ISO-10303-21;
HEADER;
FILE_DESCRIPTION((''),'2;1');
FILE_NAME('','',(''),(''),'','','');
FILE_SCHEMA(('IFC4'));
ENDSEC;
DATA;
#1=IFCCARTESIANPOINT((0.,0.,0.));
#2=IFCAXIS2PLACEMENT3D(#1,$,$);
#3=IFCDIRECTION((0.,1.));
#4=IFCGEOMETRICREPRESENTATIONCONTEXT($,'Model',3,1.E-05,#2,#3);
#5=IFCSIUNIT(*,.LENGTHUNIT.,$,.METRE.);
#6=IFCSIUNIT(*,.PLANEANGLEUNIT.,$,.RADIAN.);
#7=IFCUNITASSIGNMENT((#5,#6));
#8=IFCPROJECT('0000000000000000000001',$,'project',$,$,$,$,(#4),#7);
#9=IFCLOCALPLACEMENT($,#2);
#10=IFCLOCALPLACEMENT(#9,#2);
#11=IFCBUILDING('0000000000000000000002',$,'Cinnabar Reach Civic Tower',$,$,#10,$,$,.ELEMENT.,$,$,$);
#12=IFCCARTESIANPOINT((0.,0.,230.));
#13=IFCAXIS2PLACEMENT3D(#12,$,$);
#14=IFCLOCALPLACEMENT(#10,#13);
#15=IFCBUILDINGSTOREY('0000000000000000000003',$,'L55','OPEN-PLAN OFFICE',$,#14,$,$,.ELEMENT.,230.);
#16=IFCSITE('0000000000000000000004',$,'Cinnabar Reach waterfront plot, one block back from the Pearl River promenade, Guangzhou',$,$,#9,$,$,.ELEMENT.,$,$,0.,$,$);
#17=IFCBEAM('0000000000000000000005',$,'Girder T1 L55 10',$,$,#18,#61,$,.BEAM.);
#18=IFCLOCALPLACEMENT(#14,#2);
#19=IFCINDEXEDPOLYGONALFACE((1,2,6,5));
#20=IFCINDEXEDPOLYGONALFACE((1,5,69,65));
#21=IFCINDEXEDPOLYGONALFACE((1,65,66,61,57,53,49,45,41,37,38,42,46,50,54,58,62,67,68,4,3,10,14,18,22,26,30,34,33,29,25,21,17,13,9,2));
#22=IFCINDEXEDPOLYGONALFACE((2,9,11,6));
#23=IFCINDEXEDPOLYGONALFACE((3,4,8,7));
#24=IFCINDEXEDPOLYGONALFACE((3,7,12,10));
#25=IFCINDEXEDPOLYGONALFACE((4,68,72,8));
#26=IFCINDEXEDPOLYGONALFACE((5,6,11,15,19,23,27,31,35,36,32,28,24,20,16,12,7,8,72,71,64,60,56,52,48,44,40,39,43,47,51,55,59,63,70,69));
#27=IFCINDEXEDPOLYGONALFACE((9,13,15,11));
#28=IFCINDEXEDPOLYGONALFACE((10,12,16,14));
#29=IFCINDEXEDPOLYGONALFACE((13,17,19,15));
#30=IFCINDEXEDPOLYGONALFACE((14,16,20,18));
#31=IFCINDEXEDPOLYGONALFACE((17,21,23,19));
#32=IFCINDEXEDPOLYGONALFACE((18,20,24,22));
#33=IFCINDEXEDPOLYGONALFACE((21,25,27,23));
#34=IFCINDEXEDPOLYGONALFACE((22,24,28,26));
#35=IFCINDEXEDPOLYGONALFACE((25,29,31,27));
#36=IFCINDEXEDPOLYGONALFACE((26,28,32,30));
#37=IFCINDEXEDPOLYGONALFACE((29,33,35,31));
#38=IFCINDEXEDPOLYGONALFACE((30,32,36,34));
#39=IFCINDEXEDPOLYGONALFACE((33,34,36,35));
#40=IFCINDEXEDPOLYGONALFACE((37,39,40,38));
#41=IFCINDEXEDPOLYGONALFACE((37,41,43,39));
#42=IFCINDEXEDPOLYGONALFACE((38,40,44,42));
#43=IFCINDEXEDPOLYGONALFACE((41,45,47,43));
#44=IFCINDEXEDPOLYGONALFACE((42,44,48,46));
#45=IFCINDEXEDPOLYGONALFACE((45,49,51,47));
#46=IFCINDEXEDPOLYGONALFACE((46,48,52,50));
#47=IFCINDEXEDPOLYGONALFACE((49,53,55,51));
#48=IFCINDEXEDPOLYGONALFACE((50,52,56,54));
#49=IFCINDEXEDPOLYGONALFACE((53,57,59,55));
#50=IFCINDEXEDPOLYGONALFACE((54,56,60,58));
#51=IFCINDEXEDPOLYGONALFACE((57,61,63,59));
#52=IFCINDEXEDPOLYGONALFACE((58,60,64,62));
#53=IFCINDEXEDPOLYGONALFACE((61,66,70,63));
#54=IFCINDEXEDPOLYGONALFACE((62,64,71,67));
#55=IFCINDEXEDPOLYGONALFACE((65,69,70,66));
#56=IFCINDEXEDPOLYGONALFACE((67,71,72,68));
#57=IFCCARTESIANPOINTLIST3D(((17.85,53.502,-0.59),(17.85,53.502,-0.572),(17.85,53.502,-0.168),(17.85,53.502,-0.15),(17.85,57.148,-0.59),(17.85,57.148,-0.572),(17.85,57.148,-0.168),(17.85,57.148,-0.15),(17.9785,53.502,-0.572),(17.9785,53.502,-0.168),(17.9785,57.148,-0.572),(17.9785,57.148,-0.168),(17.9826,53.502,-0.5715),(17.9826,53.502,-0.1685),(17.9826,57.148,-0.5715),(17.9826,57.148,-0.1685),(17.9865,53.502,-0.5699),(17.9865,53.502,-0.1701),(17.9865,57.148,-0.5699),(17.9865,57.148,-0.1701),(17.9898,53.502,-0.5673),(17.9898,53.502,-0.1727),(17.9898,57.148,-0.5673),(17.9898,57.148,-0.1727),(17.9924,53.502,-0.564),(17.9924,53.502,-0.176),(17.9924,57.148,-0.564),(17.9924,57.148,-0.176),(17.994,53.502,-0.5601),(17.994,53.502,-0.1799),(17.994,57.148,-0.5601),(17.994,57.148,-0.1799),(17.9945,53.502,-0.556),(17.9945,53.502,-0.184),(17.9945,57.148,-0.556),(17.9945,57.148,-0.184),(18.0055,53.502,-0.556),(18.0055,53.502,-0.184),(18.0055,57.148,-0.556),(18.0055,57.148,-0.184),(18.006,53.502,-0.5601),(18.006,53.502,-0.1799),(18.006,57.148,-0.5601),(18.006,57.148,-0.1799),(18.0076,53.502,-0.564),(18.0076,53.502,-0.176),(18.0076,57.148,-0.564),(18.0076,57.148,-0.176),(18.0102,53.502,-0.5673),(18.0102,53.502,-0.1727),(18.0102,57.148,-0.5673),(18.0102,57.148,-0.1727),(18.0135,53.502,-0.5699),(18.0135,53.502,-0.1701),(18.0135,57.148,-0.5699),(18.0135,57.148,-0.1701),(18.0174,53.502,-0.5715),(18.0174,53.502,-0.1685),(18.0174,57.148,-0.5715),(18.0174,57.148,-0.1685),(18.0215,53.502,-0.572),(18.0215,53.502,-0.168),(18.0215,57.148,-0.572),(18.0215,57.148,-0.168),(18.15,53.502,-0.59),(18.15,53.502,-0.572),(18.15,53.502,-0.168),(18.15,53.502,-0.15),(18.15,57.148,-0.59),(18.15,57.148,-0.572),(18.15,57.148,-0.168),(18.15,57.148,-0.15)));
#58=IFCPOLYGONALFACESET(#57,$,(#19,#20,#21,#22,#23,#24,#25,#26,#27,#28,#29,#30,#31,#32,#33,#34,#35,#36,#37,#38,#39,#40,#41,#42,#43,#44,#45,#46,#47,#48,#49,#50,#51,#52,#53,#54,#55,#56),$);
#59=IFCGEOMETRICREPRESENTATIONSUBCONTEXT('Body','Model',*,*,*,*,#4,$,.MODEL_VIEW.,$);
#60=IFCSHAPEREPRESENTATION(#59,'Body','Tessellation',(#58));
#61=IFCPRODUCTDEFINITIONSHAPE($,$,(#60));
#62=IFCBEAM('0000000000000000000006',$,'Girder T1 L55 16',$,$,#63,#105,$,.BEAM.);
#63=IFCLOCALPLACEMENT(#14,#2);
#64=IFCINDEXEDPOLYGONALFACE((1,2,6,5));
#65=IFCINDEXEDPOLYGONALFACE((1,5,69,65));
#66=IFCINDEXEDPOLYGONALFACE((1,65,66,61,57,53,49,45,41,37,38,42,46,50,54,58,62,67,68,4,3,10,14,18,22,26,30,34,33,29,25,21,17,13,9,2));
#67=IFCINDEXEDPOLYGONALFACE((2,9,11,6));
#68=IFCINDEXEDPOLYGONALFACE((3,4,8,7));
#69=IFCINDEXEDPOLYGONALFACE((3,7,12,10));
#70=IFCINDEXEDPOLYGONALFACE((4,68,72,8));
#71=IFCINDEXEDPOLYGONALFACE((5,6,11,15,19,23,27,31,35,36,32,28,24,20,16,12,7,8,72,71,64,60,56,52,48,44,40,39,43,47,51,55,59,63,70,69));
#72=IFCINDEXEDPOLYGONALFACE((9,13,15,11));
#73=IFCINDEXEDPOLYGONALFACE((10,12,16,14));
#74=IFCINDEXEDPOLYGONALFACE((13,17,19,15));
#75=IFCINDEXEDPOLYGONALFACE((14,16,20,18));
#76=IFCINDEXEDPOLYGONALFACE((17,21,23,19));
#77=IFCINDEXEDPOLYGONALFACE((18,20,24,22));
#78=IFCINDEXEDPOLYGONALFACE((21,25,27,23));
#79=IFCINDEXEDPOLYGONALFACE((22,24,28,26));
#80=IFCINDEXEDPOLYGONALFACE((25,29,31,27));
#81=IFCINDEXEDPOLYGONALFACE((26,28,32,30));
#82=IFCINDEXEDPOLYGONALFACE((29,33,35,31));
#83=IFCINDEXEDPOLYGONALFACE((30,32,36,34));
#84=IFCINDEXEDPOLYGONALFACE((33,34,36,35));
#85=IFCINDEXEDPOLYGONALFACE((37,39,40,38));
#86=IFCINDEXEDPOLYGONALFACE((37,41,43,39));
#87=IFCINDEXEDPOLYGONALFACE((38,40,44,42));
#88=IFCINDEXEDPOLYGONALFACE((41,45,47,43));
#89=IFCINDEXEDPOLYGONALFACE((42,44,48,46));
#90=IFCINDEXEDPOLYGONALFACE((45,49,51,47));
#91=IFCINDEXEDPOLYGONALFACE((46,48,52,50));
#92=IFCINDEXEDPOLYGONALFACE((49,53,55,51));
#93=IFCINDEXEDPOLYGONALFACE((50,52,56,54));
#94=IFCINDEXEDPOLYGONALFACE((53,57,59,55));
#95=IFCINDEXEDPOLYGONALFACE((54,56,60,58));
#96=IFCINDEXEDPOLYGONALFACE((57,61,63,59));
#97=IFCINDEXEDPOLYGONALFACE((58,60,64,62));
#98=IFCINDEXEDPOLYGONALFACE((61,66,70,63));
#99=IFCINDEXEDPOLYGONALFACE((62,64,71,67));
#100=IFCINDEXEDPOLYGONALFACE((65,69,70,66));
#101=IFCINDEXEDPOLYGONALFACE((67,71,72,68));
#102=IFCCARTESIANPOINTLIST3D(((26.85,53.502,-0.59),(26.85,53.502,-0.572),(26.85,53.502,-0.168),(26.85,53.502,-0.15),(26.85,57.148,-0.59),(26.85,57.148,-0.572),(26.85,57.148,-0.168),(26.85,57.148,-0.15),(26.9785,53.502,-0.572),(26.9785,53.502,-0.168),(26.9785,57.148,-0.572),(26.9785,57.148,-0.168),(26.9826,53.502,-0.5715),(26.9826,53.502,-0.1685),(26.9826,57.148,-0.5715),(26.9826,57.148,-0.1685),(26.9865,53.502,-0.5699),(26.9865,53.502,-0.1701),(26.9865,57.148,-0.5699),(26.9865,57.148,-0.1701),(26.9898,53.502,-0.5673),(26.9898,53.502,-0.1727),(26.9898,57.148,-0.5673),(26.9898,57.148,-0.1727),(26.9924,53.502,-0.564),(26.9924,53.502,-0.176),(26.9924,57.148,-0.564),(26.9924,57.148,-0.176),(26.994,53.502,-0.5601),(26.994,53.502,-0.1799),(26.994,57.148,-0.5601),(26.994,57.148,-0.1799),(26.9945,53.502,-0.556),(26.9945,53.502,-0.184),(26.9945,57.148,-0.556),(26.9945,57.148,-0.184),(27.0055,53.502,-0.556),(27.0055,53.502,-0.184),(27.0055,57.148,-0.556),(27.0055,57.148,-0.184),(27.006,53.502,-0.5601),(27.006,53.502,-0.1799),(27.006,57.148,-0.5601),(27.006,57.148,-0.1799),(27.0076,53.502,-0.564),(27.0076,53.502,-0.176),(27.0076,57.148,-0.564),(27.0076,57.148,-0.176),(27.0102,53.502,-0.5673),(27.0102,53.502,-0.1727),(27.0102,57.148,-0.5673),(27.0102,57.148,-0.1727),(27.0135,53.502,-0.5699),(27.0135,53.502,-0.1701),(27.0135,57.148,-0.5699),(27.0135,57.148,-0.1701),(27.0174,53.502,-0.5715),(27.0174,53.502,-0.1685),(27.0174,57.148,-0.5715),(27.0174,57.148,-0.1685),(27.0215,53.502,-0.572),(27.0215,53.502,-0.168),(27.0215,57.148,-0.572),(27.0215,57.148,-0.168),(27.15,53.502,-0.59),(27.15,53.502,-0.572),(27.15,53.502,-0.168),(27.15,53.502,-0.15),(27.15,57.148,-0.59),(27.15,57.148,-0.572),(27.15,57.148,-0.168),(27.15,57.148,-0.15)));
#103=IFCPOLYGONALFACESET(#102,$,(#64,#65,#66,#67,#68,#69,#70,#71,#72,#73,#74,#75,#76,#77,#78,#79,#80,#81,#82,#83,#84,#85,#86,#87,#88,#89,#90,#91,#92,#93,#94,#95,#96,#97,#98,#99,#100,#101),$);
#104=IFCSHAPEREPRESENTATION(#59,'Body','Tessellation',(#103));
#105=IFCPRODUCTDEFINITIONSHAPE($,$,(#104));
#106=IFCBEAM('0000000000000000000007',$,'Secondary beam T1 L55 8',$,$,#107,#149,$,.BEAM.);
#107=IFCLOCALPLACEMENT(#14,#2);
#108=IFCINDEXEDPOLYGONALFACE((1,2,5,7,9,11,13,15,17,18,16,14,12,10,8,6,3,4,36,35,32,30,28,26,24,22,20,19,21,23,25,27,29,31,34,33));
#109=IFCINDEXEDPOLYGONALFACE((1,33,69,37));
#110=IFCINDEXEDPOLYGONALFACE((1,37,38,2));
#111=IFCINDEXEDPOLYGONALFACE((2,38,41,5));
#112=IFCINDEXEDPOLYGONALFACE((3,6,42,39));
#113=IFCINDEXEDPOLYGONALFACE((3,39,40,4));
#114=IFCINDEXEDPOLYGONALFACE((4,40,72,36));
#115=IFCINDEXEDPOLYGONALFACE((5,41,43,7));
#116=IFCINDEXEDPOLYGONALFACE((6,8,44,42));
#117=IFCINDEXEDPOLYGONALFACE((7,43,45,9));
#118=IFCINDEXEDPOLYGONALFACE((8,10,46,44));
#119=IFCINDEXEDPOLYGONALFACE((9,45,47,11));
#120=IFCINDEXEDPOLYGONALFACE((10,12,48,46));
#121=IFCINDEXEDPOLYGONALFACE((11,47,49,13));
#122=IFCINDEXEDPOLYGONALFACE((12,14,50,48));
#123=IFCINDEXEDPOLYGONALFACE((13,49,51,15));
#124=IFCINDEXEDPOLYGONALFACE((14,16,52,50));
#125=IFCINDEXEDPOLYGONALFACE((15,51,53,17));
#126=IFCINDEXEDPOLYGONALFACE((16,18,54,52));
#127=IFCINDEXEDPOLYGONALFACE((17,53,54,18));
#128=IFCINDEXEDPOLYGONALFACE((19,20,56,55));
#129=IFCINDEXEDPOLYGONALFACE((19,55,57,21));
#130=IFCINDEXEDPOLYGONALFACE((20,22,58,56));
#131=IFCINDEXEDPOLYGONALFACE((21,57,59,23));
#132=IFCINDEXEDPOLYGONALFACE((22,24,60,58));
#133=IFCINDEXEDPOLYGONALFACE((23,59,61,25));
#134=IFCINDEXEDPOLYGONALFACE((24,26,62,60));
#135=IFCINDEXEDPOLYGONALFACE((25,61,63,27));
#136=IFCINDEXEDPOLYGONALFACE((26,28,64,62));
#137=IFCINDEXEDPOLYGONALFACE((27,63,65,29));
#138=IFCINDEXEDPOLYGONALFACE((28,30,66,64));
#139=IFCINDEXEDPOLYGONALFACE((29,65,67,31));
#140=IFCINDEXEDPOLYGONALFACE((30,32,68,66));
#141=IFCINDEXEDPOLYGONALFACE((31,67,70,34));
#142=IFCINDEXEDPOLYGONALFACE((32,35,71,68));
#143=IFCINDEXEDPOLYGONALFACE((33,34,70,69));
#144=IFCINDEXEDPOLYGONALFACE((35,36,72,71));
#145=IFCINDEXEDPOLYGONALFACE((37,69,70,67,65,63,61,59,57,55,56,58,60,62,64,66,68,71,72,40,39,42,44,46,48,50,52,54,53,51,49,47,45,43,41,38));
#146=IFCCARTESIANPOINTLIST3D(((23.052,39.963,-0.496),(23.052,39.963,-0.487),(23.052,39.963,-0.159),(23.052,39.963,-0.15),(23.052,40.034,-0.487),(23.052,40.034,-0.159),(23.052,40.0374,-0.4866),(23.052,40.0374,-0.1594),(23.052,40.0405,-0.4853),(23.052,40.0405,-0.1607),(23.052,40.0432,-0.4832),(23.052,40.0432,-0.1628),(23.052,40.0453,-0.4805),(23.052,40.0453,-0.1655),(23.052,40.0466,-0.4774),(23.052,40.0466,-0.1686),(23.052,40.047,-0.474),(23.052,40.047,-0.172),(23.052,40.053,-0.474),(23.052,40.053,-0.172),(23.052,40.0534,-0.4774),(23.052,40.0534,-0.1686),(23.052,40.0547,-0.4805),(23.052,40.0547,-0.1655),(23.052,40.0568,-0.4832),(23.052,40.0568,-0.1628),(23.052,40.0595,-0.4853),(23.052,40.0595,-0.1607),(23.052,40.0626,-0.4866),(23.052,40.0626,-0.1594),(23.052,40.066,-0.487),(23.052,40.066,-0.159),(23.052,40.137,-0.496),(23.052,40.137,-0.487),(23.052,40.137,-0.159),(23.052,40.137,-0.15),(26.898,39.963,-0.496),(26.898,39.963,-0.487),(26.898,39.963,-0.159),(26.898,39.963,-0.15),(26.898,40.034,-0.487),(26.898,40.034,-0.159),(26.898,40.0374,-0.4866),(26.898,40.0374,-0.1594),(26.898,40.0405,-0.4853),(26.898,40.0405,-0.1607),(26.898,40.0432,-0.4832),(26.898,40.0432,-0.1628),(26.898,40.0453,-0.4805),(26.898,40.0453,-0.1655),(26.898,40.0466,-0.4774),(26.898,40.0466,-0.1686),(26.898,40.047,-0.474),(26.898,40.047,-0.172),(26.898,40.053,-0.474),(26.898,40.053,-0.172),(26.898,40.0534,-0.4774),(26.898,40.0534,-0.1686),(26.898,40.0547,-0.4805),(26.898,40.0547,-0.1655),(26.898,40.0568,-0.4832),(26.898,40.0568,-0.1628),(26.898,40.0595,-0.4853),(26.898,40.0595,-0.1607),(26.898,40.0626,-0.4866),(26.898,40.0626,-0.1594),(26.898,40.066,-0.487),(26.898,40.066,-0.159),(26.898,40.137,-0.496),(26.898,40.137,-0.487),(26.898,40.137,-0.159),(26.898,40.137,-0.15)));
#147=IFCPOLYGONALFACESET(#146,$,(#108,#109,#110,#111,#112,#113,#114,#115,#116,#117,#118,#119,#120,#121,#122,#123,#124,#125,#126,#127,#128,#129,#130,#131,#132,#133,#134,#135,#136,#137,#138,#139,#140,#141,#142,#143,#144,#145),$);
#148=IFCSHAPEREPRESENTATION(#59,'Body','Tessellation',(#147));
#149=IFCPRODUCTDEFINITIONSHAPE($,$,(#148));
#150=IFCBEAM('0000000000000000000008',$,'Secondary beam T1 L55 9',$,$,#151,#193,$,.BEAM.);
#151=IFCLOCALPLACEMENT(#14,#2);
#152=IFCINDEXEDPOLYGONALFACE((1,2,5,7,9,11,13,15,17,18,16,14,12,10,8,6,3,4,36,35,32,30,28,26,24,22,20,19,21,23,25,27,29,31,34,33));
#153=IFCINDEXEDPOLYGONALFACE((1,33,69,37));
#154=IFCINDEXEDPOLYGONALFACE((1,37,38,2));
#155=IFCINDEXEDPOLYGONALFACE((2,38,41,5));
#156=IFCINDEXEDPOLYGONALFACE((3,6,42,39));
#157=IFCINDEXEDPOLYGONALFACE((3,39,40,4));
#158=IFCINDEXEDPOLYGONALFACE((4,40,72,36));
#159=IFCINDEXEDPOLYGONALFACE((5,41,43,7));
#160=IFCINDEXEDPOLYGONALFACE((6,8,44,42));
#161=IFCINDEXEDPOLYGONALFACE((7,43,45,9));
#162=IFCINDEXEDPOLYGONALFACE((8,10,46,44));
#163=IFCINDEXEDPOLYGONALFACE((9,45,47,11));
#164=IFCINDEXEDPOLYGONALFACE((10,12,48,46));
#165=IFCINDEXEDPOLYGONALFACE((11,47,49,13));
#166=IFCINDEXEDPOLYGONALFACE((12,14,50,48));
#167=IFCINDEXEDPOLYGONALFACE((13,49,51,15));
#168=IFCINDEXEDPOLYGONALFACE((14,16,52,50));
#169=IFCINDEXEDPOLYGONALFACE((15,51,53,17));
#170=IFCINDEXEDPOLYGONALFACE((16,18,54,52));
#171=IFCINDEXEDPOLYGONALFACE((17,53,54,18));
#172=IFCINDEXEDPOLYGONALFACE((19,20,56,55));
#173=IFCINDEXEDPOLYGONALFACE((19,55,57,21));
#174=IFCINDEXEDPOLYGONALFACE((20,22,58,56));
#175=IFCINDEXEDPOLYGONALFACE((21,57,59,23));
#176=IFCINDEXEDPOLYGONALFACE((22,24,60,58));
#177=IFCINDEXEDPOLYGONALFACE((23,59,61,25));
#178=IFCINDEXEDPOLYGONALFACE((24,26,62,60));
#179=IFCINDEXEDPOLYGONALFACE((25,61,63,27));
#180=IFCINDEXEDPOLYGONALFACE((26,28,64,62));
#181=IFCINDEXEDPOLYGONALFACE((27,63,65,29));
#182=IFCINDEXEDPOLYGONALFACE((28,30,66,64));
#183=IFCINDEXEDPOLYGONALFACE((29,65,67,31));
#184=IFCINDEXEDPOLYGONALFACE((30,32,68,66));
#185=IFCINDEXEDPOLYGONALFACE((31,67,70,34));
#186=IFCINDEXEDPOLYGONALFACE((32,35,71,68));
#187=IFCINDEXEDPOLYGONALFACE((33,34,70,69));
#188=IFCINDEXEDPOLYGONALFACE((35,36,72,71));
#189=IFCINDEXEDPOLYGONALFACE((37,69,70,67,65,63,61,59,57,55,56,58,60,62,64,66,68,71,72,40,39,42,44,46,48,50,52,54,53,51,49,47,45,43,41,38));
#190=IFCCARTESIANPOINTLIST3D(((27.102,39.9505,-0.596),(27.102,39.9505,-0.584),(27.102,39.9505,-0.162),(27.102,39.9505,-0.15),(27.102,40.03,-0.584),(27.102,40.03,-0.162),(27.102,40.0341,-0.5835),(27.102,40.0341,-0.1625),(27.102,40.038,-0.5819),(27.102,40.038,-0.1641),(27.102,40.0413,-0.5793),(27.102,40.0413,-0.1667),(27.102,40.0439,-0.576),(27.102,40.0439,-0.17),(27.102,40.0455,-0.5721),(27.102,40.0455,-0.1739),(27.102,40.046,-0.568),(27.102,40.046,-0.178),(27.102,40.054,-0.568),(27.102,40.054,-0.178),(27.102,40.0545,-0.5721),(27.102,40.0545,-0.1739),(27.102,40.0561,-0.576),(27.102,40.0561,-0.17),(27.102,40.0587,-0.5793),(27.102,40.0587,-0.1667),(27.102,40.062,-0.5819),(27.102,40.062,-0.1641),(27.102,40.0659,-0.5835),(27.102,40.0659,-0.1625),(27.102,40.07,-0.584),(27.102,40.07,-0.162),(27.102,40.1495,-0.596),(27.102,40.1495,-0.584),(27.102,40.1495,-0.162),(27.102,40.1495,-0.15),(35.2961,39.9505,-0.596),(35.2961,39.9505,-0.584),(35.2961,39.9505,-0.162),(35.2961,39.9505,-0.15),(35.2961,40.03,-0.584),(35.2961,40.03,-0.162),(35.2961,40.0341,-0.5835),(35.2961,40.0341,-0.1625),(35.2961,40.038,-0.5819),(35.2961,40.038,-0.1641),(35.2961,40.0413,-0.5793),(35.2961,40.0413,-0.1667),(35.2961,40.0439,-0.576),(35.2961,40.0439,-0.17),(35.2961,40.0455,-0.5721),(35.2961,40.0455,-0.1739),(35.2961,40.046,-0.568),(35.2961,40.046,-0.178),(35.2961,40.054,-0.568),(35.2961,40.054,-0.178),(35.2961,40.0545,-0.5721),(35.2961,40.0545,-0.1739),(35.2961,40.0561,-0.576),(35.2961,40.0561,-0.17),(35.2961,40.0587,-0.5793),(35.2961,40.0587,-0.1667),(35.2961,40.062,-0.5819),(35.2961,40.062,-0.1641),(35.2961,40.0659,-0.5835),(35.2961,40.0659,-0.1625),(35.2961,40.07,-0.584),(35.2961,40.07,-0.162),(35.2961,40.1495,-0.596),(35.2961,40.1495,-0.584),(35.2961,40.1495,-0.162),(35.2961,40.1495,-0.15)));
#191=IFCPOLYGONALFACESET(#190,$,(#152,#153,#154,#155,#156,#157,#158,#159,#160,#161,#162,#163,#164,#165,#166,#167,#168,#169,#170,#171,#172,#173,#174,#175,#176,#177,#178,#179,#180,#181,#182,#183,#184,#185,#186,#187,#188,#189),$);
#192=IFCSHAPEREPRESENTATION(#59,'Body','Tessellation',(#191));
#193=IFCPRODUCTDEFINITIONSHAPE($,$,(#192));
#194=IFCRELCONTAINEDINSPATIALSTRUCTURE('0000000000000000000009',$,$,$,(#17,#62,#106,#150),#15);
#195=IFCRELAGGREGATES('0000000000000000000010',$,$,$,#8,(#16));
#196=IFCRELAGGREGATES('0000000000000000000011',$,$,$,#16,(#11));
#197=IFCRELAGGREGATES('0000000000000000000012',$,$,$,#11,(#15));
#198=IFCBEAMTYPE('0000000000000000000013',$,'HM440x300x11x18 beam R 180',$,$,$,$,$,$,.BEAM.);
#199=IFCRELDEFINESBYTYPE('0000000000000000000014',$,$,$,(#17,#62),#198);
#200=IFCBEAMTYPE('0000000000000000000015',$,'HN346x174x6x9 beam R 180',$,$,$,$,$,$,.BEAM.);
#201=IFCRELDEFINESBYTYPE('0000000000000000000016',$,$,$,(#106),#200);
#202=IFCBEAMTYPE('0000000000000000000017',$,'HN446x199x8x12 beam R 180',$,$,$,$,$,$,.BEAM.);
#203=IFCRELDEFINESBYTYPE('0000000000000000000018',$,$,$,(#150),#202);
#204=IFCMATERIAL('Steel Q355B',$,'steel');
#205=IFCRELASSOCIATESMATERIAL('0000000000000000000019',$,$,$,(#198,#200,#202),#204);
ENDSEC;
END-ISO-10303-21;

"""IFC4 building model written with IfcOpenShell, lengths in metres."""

from ifc_helpers import new_model, si_unit, direction, frame, origin, origin_2d, place, context, subcontext, project, spatial, i_section, extrude, material, material_profile, profile_set, type_object, element, save


model = new_model("IFC4")

# Units and contexts
model_context = context("Model", 3, precision=1e-05, world=origin(), true_north=direction((0.0, 1.0)))
body_context = subcontext(model_context, "Body", "Model", "MODEL_VIEW")
ifc_project = project(units=[si_unit("LENGTHUNIT", "METRE"), si_unit("PLANEANGLEUNIT", "RADIAN")], contexts=[model_context])

# Site, building, storey
site_placement = place(None, origin())
site = spatial("IfcSite", under=ifc_project, at=site_placement, Name="Cinnabar Reach waterfront plot, one block back from the Pearl River promenade, Guangzhou", CompositionType="ELEMENT", RefElevation=0.0)
building_placement = place(site_placement, origin())
building = spatial("IfcBuilding", under=site, at=building_placement, Name="Cinnabar Reach Civic Tower", CompositionType="ELEMENT")
storey_placement = place(building_placement, frame((0.0, 0.0, 230.0)))
storey = spatial("IfcBuildingStorey", under=building, at=storey_placement, Name="L55", Description="OPEN-PLAN OFFICE", CompositionType="ELEMENT", Elevation=230.0)

# Beams
ifc_material_1 = material(Name="Steel Q355B", Category="steel")
ifc_material_profile_1 = material_profile(ifc_material_1, i_section(OverallWidth=0.3, OverallDepth=0.44, WebThickness=0.011, FlangeThickness=0.018, FilletRadius=0.016, at=origin_2d()), Name="HM440x300x11x18")
ifc_profile_set_1 = profile_set([ifc_material_profile_1], Name="Steel Q355B")
beam_type_1 = type_object("IfcBeamType", Name="HM440x300x11x18 beam R 180", PredefinedType="BEAM", material=ifc_profile_set_1)
for number, where, z_axis, x_axis, name in (
    (1, (18.0, 53.502, -0.37), (0.0, 1.0, 0.0), (-1.0, 0.0, 0.0), "Girder T1 L55 10"),
    (2, (27.0, 53.502, -0.37), (0.0, 1.0, 0.0), (-1.0, 0.0, 0.0), "Girder T1 L55 16"),
):
    element("IfcBeam", number, at=place(storey_placement, frame(where, z_axis=z_axis, x_axis=x_axis)), inside=storey, type_object=beam_type_1, Name=name, PredefinedType="BEAM", context=body_context, shape_type="SweptSolid", body=[
        extrude(i_section(OverallWidth=0.3, OverallDepth=0.44, WebThickness=0.011, FlangeThickness=0.018, FilletRadius=0.016, at=origin_2d()), origin(), (0.0, 0.0, 1.0), 3.646),
    ])
ifc_material_profile_2 = material_profile(ifc_material_1, i_section(OverallWidth=0.174, OverallDepth=0.346, WebThickness=0.006, FlangeThickness=0.009, FilletRadius=0.013, at=origin_2d()), Name="HN346x174x6x9")
ifc_profile_set_2 = profile_set([ifc_material_profile_2], Name="Steel Q355B")
beam_type_2 = type_object("IfcBeamType", Name="HN346x174x6x9 beam R 180", PredefinedType="BEAM", material=ifc_profile_set_2)
beam_1_placement = place(storey_placement, frame((23.052, 40.05, -0.323), z_axis=(1.0, 0.0, 0.0), x_axis=(0.0, 1.0, 0.0)))
element("IfcBeam", 3, at=beam_1_placement, inside=storey, type_object=beam_type_2, Name="Secondary beam T1 L55 8", PredefinedType="BEAM", context=body_context, shape_type="SweptSolid", body=[
    extrude(i_section(OverallWidth=0.174, OverallDepth=0.346, WebThickness=0.006, FlangeThickness=0.009, FilletRadius=0.013, at=origin_2d()), origin(), (0.0, 0.0, 1.0), 3.846),
])
ifc_material_profile_3 = material_profile(ifc_material_1, i_section(OverallWidth=0.199, OverallDepth=0.446, WebThickness=0.008, FlangeThickness=0.012, FilletRadius=0.016, at=origin_2d()), Name="HN446x199x8x12")
ifc_profile_set_3 = profile_set([ifc_material_profile_3], Name="Steel Q355B")
beam_type_3 = type_object("IfcBeamType", Name="HN446x199x8x12 beam R 180", PredefinedType="BEAM", material=ifc_profile_set_3)
beam_2_placement = place(storey_placement, frame((27.102, 40.05, -0.373), z_axis=(1.0, 0.0, 0.0), x_axis=(0.0, 1.0, 0.0)))
element("IfcBeam", 4, at=beam_2_placement, inside=storey, type_object=beam_type_3, Name="Secondary beam T1 L55 9", PredefinedType="BEAM", context=body_context, shape_type="SweptSolid", body=[
    extrude(i_section(OverallWidth=0.199, OverallDepth=0.446, WebThickness=0.008, FlangeThickness=0.012, FilletRadius=0.016, at=origin_2d()), origin(), (0.0, 0.0, 1.0), 8.1941),
])

save(model, "model.ifc")
